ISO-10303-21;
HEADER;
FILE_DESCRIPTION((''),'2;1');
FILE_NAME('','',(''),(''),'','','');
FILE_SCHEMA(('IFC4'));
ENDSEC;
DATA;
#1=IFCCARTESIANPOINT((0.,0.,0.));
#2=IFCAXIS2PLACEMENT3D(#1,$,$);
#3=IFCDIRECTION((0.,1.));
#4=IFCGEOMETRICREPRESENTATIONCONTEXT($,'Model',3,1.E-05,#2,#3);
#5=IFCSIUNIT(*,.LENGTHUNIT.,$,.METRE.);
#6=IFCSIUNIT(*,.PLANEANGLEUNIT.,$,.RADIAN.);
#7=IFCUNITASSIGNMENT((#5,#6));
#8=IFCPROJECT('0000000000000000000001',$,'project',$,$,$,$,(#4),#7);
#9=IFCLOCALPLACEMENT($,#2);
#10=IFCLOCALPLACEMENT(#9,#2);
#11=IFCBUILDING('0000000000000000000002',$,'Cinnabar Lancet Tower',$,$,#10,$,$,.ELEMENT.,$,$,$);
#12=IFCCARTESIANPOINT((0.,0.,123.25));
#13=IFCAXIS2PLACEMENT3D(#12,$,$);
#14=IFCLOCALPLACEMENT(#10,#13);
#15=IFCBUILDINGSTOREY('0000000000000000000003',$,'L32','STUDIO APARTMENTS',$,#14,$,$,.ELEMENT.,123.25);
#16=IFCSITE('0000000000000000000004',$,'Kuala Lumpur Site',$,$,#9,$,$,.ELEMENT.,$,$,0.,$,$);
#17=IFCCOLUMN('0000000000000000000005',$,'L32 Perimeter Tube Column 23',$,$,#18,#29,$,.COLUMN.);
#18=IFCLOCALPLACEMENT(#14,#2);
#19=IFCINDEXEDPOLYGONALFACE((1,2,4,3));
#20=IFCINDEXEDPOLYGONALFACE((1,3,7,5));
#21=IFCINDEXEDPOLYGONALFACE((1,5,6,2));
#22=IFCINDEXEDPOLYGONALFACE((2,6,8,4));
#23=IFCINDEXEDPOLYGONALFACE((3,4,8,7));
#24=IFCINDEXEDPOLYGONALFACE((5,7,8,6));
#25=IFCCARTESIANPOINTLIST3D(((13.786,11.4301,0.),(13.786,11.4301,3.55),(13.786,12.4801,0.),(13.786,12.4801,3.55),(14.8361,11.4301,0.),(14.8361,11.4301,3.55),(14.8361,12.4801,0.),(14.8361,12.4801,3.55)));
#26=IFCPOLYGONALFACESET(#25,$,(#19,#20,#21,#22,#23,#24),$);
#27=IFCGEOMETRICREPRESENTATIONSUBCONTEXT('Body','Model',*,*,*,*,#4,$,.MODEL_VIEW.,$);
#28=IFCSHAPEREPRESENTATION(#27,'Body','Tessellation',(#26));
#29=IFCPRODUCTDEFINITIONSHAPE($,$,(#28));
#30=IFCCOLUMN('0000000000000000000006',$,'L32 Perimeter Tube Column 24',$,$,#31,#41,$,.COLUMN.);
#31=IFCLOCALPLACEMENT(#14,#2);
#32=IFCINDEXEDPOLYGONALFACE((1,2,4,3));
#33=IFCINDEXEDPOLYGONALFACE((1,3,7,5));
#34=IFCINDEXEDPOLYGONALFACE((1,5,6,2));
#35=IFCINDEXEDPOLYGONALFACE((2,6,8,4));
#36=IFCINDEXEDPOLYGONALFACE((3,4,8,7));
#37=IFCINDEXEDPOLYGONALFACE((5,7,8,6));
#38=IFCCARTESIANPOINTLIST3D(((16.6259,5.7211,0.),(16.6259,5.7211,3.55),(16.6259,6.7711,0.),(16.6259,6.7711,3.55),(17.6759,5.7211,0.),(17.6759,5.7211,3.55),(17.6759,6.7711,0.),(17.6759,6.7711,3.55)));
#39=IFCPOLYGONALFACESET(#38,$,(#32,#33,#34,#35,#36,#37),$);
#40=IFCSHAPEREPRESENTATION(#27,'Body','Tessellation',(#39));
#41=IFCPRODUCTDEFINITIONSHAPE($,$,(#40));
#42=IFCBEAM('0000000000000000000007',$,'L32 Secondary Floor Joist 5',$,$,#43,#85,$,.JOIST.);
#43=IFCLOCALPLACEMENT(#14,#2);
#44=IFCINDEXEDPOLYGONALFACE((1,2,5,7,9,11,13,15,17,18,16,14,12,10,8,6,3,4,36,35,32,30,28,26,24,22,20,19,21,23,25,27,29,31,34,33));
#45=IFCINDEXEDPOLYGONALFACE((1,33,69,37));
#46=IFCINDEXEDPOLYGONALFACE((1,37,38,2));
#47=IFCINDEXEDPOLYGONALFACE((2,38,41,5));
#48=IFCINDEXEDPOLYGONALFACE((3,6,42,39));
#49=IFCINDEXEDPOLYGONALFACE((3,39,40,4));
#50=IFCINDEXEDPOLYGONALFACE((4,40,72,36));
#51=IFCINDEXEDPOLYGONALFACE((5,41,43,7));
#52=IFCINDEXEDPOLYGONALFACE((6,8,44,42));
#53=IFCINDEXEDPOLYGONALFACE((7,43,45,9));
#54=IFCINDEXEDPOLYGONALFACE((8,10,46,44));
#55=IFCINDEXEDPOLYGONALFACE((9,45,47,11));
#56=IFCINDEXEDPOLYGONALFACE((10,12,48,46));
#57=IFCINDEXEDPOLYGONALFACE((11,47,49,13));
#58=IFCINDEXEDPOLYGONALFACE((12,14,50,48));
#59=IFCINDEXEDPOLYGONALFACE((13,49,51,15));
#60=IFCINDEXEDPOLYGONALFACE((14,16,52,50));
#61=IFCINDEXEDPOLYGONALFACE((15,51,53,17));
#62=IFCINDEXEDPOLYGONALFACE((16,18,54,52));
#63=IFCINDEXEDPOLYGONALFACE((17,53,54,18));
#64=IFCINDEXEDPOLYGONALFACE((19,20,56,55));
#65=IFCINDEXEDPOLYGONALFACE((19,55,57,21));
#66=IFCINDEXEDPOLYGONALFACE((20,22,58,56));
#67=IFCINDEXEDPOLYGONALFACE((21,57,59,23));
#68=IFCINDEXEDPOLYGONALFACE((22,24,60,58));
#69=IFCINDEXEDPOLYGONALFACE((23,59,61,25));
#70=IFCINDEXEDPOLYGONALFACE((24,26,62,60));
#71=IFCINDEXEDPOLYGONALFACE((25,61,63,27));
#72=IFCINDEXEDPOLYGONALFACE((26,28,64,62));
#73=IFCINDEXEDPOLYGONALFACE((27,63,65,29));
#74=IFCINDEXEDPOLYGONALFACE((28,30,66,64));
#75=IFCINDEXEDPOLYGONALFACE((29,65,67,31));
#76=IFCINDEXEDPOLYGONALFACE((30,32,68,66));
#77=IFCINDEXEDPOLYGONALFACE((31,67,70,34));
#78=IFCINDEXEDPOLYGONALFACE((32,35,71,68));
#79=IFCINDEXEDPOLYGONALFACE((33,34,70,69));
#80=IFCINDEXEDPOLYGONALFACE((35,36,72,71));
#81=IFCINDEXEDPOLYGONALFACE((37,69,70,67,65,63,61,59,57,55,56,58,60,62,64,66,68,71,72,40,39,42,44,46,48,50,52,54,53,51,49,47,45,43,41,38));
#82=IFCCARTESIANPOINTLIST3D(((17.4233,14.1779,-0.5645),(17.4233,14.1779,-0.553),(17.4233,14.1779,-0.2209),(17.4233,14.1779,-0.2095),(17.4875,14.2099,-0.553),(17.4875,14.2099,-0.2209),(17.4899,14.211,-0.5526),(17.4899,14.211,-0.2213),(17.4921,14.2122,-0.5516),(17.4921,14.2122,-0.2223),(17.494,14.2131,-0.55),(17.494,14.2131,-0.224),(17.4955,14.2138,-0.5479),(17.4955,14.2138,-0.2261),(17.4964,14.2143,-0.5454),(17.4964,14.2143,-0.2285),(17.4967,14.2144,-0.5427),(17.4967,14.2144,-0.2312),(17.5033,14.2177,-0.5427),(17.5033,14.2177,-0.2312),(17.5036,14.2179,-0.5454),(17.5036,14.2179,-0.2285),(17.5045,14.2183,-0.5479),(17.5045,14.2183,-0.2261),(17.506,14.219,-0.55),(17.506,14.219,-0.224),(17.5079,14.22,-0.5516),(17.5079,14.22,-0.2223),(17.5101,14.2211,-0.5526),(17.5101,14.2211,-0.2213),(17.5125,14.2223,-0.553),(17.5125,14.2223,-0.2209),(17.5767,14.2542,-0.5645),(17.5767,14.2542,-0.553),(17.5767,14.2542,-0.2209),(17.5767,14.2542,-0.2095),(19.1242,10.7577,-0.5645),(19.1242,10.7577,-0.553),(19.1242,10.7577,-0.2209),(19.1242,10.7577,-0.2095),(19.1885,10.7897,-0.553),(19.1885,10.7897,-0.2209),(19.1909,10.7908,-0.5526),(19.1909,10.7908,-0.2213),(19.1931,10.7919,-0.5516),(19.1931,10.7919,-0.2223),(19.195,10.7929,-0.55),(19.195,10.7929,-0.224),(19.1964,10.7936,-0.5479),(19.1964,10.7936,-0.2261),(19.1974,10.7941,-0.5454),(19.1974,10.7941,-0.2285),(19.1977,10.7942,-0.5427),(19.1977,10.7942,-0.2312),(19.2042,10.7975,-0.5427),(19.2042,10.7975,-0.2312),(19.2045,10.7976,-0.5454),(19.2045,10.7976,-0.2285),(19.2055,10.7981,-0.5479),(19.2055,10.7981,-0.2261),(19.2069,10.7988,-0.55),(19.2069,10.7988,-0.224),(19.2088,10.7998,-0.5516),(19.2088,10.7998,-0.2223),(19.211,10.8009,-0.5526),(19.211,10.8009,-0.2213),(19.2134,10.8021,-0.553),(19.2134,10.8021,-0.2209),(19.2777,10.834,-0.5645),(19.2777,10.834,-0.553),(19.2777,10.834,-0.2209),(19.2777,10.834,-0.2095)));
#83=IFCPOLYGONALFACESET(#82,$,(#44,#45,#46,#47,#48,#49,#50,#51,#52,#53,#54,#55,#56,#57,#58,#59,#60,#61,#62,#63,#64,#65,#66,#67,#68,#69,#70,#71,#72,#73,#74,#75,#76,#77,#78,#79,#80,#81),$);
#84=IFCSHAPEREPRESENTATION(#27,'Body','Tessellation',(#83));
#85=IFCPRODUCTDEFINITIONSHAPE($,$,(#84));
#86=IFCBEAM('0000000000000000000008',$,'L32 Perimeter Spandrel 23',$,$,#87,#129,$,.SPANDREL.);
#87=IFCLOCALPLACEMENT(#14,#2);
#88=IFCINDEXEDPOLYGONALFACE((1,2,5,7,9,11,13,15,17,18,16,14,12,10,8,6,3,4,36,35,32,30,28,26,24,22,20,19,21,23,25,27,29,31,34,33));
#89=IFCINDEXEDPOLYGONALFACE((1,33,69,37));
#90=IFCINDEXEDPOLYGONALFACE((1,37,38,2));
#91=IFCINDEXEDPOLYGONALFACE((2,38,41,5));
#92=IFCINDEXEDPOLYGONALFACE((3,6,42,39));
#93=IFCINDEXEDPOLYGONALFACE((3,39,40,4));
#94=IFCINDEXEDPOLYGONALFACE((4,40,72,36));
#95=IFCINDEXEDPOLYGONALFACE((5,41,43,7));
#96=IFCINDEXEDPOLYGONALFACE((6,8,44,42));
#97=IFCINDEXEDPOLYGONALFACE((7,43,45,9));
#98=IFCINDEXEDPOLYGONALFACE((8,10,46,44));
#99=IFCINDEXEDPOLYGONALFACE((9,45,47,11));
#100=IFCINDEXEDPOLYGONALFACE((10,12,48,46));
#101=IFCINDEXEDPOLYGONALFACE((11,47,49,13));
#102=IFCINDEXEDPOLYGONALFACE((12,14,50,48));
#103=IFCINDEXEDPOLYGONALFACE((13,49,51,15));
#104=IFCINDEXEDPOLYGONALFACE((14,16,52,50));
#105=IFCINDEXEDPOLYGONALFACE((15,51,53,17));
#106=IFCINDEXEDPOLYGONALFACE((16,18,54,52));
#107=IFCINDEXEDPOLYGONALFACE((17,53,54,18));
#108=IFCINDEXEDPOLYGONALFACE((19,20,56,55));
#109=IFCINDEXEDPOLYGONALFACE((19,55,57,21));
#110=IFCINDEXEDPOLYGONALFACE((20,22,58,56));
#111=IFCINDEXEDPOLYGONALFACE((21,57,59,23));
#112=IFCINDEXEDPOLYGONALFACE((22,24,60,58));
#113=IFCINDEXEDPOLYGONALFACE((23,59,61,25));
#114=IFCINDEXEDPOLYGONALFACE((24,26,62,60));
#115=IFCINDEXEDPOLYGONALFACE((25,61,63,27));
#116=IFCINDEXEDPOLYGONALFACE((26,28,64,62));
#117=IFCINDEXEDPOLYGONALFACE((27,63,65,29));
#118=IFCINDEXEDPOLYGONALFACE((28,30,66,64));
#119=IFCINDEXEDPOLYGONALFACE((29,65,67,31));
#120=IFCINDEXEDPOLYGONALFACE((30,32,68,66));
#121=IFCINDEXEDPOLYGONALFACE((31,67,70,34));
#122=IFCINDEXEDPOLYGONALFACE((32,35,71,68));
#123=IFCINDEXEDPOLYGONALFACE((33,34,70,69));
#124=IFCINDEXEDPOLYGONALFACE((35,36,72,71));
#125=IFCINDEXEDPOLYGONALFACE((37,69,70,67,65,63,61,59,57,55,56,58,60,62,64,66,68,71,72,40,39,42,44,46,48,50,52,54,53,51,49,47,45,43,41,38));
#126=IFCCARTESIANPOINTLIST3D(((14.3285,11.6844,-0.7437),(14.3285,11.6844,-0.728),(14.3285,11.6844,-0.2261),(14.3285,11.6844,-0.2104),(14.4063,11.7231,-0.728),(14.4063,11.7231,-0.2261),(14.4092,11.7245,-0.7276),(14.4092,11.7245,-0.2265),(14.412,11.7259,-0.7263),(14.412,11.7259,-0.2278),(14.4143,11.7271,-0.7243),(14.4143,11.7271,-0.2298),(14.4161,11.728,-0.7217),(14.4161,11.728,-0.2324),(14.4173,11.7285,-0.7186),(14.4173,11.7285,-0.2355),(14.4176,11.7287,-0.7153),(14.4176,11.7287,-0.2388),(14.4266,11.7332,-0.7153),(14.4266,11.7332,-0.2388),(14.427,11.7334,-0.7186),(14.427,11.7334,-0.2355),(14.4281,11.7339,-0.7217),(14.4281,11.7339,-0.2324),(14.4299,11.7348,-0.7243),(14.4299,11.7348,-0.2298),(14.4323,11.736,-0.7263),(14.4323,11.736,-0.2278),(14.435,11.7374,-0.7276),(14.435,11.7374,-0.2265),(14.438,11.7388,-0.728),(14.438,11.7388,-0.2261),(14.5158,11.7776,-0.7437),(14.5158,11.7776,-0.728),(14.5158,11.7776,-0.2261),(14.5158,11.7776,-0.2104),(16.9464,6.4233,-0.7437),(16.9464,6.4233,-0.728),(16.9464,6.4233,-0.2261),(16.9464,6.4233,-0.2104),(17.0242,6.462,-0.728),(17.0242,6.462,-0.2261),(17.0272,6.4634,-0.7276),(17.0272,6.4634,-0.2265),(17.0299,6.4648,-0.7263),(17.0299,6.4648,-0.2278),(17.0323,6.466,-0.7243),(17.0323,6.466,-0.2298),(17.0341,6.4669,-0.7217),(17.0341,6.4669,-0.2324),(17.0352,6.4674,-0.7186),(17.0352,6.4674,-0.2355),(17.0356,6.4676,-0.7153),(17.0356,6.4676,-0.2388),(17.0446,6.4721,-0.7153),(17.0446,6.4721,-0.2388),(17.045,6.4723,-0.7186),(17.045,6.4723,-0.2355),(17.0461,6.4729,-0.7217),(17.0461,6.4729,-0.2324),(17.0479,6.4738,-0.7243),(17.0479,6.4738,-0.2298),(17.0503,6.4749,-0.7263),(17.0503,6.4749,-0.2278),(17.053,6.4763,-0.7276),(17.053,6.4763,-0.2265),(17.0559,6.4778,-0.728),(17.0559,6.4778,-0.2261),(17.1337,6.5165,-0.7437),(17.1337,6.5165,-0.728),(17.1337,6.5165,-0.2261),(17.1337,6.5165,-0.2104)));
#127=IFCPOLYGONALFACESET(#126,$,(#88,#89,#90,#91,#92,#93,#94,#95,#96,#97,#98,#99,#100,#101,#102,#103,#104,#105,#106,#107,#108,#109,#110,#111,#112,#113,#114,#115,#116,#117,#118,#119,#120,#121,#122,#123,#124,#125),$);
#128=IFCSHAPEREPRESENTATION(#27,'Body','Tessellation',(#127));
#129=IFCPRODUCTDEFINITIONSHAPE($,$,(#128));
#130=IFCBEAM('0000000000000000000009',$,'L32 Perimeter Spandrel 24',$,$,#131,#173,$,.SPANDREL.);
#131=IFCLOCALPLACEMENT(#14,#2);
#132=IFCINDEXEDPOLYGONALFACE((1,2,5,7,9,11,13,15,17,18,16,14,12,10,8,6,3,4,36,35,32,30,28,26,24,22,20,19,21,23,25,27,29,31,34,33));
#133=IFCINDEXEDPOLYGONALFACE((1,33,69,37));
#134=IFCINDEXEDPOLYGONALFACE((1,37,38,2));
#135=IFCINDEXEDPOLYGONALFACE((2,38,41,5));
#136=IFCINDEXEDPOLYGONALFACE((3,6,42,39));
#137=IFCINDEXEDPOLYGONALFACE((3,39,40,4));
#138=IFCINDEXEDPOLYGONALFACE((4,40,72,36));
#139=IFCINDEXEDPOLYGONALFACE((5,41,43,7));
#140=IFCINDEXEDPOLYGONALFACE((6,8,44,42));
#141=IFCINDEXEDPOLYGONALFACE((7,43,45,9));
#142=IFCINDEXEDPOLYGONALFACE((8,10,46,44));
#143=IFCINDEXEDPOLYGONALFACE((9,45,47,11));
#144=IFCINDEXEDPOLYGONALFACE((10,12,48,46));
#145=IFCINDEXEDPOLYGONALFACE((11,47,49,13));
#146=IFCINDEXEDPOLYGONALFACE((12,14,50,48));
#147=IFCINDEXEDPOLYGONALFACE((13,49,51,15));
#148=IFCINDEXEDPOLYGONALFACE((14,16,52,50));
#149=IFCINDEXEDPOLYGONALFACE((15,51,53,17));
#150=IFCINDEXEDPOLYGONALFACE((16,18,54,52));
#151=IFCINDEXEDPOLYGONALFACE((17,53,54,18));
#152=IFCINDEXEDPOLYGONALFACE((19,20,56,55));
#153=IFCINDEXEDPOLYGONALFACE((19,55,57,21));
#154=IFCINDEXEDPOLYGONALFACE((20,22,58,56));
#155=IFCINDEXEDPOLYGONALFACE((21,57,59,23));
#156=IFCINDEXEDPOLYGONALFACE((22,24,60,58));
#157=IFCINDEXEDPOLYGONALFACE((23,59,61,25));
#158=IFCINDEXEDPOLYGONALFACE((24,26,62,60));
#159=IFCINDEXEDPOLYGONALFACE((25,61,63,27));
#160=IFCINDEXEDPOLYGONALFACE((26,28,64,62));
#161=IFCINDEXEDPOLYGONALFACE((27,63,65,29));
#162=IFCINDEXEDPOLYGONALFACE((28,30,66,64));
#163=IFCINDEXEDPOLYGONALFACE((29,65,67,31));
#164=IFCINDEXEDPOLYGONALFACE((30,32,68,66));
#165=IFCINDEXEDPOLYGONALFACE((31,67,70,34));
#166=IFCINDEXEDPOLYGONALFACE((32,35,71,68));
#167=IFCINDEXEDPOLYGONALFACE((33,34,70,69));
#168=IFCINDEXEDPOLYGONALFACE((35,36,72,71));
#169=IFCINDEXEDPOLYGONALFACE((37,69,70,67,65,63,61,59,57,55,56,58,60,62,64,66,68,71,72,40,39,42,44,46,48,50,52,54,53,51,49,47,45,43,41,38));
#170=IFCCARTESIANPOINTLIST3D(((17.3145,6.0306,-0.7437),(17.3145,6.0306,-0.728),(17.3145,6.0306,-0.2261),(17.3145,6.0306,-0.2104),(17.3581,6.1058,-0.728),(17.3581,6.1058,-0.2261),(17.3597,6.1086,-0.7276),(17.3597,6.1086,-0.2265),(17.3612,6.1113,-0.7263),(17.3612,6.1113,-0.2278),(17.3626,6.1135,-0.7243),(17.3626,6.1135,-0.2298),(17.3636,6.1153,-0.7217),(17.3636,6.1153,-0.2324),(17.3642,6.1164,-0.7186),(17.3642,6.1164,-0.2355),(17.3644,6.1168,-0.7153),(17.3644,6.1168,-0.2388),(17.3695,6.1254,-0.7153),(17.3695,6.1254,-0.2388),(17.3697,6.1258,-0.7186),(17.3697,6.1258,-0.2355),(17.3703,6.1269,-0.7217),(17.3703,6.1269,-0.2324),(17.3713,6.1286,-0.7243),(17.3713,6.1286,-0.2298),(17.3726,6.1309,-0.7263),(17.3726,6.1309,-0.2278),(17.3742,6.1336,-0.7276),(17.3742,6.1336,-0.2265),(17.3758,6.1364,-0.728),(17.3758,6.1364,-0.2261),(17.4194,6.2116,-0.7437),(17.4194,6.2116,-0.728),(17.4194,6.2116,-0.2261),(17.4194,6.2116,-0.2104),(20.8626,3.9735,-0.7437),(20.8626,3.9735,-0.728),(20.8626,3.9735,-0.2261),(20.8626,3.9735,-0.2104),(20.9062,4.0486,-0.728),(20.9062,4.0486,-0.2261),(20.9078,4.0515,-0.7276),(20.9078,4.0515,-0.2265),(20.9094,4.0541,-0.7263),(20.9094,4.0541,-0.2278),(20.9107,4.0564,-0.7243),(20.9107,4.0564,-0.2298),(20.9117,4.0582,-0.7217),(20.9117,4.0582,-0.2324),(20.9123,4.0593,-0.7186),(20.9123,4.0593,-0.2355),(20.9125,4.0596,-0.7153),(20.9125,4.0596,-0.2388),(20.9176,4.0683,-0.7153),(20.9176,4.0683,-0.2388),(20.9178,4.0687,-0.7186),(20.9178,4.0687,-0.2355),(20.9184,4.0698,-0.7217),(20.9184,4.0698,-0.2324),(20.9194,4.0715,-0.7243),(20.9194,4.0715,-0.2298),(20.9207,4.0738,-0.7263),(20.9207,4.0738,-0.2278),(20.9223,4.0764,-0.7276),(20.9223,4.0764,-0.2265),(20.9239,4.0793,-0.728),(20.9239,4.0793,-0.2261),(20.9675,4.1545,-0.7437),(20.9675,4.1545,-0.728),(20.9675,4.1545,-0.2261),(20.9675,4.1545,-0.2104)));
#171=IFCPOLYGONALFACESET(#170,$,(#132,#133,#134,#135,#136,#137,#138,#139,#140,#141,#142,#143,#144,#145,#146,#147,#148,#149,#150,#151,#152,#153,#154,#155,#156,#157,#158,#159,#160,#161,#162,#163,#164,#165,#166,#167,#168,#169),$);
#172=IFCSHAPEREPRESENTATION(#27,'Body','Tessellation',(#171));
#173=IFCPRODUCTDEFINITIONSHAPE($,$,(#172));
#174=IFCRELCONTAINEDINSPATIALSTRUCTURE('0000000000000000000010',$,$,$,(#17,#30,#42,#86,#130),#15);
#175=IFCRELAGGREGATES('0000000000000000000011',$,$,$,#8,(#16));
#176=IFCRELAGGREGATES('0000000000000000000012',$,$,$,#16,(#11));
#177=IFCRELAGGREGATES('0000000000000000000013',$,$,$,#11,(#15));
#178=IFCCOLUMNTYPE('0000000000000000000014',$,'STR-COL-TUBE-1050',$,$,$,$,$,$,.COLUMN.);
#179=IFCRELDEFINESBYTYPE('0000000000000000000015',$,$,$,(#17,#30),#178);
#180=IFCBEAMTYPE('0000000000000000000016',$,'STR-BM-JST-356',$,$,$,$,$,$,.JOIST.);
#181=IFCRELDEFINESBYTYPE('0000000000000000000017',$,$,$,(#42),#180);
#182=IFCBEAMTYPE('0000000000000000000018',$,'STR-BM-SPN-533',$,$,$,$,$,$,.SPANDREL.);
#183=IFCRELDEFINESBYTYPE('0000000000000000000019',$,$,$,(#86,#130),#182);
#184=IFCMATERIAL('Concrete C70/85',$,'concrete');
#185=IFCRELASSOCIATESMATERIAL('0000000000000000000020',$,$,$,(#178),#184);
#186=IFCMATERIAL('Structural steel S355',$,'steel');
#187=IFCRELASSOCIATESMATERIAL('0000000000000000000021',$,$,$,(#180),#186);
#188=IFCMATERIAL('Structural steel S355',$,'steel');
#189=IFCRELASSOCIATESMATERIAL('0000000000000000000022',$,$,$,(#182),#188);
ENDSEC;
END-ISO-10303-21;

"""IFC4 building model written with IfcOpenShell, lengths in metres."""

from ifc_helpers import new_model, si_unit, direction, frame, origin, origin_2d, place, context, subcontext, project, spatial, rectangle, i_section, extrude, material, material_profile, profile_set, type_object, element, save


model = new_model("IFC4")

# Units and contexts
model_context = context("Model", 3, precision=1e-05, world=origin(), true_north=direction((0.0, 1.0)))
body_context = subcontext(model_context, "Body", "Model", "MODEL_VIEW")
ifc_project = project(units=[si_unit("LENGTHUNIT", "METRE"), si_unit("PLANEANGLEUNIT", "RADIAN")], contexts=[model_context])

# Site, building, storey
site_placement = place(None, origin())
site = spatial("IfcSite", under=ifc_project, at=site_placement, Name="Kuala Lumpur Site", CompositionType="ELEMENT", RefElevation=0.0)
building_placement = place(site_placement, origin())
building = spatial("IfcBuilding", under=site, at=building_placement, Name="Cinnabar Lancet Tower", CompositionType="ELEMENT")
storey_placement = place(building_placement, frame((0.0, 0.0, 123.25)))
storey = spatial("IfcBuildingStorey", under=building, at=storey_placement, Name="L32", Description="STUDIO APARTMENTS", CompositionType="ELEMENT", Elevation=123.25)

# Columns
ifc_material_1 = material(Name="Concrete C70/85", Category="concrete")
ifc_material_profile_1 = material_profile(ifc_material_1, rectangle(XDim=1.05, YDim=1.05, at=origin_2d()), Name="RC-COL 1050x1050")
ifc_profile_set_1 = profile_set([ifc_material_profile_1], Name="Concrete C70/85")
column_type = type_object("IfcColumnType", Name="STR-COL-TUBE-1050", PredefinedType="COLUMN", material=ifc_profile_set_1)
for number, where, z_axis, x_axis, name in (
    (1, (14.311, 11.9551, 0.0), (0.0, 0.0, 1.0), (1.0, 0.0, 0.0), "L32 Perimeter Tube Column 23"),
    (2, (17.1509, 6.2461, 0.0), (0.0, 0.0, 1.0), (1.0, 0.0, 0.0), "L32 Perimeter Tube Column 24"),
):
    element("IfcColumn", number, at=place(storey_placement, frame(where, z_axis=z_axis, x_axis=x_axis)), inside=storey, type_object=column_type, Name=name, PredefinedType="COLUMN", context=body_context, shape_type="SweptSolid", body=[
        extrude(rectangle(XDim=1.05, YDim=1.05, at=origin_2d()), origin(), (0.0, 0.0, 1.0), 3.55),
    ])

# Beams
ifc_material_2 = material(Name="Structural steel S355", Category="steel")
ifc_material_profile_2 = material_profile(ifc_material_2, i_section(OverallWidth=0.1714, OverallDepth=0.355, WebThickness=0.0073, FlangeThickness=0.0115, FilletRadius=0.0103, at=origin_2d()), Name="UKB 356x171x51")
ifc_profile_set_2 = profile_set([ifc_material_profile_2], Name="Structural steel S355")
beam_type_1 = type_object("IfcBeamType", Name="STR-BM-JST-356", PredefinedType="JOIST", material=ifc_profile_set_2)
beam_1_placement = place(storey_placement, frame((17.5, 14.2161, -0.387), z_axis=(0.445295, -0.895384, 0.0), x_axis=(0.895384, 0.445295, 0.0)))
element("IfcBeam", 3, at=beam_1_placement, inside=storey, type_object=beam_type_1, Name="L32 Secondary Floor Joist 5", PredefinedType="JOIST", context=body_context, shape_type="SweptSolid", body=[
    extrude(i_section(OverallWidth=0.1714, OverallDepth=0.355, WebThickness=0.0073, FlangeThickness=0.0115, FilletRadius=0.0103, at=origin_2d()), origin(), (0.0, 0.0, 1.0), 3.8198),
])
ifc_material_3 = material(Name="Structural steel S355", Category="steel")
ifc_material_profile_3 = material_profile(ifc_material_3, i_section(OverallWidth=0.2092, OverallDepth=0.5332, WebThickness=0.01, FlangeThickness=0.0156, FilletRadius=0.0127, at=origin_2d()), Name="UKB 533x210x92")
ifc_profile_set_3 = profile_set([ifc_material_profile_3], Name="Structural steel S355")
beam_type_2 = type_object("IfcBeamType", Name="STR-BM-SPN-533", PredefinedType="SPANDREL", material=ifc_profile_set_3)
beam_2_placement = place(storey_placement, frame((14.4221, 11.731, -0.4771), z_axis=(0.445501, -0.895281, 0.0), x_axis=(0.895281, 0.445501, 0.0)))
element("IfcBeam", 4, at=beam_2_placement, inside=storey, type_object=beam_type_2, Name="L32 Perimeter Spandrel 23", PredefinedType="SPANDREL", context=body_context, shape_type="SweptSolid", body=[
    extrude(i_section(OverallWidth=0.2092, OverallDepth=0.5332, WebThickness=0.01, FlangeThickness=0.0156, FilletRadius=0.0127, at=origin_2d()), origin(), (0.0, 0.0, 1.0), 5.8765),
])
beam_3_placement = place(storey_placement, frame((17.3669, 6.1211, -0.4771), z_axis=(0.865112, -0.501578, 0.0), x_axis=(0.501578, 0.865112, 0.0)))
element("IfcBeam", 5, at=beam_3_placement, inside=storey, type_object=beam_type_2, Name="L32 Perimeter Spandrel 24", PredefinedType="SPANDREL", context=body_context, shape_type="SweptSolid", body=[
    extrude(i_section(OverallWidth=0.2092, OverallDepth=0.5332, WebThickness=0.01, FlangeThickness=0.0156, FilletRadius=0.0127, at=origin_2d()), origin(), (0.0, 0.0, 1.0), 4.1013),
])

save(model, "model.ifc")
